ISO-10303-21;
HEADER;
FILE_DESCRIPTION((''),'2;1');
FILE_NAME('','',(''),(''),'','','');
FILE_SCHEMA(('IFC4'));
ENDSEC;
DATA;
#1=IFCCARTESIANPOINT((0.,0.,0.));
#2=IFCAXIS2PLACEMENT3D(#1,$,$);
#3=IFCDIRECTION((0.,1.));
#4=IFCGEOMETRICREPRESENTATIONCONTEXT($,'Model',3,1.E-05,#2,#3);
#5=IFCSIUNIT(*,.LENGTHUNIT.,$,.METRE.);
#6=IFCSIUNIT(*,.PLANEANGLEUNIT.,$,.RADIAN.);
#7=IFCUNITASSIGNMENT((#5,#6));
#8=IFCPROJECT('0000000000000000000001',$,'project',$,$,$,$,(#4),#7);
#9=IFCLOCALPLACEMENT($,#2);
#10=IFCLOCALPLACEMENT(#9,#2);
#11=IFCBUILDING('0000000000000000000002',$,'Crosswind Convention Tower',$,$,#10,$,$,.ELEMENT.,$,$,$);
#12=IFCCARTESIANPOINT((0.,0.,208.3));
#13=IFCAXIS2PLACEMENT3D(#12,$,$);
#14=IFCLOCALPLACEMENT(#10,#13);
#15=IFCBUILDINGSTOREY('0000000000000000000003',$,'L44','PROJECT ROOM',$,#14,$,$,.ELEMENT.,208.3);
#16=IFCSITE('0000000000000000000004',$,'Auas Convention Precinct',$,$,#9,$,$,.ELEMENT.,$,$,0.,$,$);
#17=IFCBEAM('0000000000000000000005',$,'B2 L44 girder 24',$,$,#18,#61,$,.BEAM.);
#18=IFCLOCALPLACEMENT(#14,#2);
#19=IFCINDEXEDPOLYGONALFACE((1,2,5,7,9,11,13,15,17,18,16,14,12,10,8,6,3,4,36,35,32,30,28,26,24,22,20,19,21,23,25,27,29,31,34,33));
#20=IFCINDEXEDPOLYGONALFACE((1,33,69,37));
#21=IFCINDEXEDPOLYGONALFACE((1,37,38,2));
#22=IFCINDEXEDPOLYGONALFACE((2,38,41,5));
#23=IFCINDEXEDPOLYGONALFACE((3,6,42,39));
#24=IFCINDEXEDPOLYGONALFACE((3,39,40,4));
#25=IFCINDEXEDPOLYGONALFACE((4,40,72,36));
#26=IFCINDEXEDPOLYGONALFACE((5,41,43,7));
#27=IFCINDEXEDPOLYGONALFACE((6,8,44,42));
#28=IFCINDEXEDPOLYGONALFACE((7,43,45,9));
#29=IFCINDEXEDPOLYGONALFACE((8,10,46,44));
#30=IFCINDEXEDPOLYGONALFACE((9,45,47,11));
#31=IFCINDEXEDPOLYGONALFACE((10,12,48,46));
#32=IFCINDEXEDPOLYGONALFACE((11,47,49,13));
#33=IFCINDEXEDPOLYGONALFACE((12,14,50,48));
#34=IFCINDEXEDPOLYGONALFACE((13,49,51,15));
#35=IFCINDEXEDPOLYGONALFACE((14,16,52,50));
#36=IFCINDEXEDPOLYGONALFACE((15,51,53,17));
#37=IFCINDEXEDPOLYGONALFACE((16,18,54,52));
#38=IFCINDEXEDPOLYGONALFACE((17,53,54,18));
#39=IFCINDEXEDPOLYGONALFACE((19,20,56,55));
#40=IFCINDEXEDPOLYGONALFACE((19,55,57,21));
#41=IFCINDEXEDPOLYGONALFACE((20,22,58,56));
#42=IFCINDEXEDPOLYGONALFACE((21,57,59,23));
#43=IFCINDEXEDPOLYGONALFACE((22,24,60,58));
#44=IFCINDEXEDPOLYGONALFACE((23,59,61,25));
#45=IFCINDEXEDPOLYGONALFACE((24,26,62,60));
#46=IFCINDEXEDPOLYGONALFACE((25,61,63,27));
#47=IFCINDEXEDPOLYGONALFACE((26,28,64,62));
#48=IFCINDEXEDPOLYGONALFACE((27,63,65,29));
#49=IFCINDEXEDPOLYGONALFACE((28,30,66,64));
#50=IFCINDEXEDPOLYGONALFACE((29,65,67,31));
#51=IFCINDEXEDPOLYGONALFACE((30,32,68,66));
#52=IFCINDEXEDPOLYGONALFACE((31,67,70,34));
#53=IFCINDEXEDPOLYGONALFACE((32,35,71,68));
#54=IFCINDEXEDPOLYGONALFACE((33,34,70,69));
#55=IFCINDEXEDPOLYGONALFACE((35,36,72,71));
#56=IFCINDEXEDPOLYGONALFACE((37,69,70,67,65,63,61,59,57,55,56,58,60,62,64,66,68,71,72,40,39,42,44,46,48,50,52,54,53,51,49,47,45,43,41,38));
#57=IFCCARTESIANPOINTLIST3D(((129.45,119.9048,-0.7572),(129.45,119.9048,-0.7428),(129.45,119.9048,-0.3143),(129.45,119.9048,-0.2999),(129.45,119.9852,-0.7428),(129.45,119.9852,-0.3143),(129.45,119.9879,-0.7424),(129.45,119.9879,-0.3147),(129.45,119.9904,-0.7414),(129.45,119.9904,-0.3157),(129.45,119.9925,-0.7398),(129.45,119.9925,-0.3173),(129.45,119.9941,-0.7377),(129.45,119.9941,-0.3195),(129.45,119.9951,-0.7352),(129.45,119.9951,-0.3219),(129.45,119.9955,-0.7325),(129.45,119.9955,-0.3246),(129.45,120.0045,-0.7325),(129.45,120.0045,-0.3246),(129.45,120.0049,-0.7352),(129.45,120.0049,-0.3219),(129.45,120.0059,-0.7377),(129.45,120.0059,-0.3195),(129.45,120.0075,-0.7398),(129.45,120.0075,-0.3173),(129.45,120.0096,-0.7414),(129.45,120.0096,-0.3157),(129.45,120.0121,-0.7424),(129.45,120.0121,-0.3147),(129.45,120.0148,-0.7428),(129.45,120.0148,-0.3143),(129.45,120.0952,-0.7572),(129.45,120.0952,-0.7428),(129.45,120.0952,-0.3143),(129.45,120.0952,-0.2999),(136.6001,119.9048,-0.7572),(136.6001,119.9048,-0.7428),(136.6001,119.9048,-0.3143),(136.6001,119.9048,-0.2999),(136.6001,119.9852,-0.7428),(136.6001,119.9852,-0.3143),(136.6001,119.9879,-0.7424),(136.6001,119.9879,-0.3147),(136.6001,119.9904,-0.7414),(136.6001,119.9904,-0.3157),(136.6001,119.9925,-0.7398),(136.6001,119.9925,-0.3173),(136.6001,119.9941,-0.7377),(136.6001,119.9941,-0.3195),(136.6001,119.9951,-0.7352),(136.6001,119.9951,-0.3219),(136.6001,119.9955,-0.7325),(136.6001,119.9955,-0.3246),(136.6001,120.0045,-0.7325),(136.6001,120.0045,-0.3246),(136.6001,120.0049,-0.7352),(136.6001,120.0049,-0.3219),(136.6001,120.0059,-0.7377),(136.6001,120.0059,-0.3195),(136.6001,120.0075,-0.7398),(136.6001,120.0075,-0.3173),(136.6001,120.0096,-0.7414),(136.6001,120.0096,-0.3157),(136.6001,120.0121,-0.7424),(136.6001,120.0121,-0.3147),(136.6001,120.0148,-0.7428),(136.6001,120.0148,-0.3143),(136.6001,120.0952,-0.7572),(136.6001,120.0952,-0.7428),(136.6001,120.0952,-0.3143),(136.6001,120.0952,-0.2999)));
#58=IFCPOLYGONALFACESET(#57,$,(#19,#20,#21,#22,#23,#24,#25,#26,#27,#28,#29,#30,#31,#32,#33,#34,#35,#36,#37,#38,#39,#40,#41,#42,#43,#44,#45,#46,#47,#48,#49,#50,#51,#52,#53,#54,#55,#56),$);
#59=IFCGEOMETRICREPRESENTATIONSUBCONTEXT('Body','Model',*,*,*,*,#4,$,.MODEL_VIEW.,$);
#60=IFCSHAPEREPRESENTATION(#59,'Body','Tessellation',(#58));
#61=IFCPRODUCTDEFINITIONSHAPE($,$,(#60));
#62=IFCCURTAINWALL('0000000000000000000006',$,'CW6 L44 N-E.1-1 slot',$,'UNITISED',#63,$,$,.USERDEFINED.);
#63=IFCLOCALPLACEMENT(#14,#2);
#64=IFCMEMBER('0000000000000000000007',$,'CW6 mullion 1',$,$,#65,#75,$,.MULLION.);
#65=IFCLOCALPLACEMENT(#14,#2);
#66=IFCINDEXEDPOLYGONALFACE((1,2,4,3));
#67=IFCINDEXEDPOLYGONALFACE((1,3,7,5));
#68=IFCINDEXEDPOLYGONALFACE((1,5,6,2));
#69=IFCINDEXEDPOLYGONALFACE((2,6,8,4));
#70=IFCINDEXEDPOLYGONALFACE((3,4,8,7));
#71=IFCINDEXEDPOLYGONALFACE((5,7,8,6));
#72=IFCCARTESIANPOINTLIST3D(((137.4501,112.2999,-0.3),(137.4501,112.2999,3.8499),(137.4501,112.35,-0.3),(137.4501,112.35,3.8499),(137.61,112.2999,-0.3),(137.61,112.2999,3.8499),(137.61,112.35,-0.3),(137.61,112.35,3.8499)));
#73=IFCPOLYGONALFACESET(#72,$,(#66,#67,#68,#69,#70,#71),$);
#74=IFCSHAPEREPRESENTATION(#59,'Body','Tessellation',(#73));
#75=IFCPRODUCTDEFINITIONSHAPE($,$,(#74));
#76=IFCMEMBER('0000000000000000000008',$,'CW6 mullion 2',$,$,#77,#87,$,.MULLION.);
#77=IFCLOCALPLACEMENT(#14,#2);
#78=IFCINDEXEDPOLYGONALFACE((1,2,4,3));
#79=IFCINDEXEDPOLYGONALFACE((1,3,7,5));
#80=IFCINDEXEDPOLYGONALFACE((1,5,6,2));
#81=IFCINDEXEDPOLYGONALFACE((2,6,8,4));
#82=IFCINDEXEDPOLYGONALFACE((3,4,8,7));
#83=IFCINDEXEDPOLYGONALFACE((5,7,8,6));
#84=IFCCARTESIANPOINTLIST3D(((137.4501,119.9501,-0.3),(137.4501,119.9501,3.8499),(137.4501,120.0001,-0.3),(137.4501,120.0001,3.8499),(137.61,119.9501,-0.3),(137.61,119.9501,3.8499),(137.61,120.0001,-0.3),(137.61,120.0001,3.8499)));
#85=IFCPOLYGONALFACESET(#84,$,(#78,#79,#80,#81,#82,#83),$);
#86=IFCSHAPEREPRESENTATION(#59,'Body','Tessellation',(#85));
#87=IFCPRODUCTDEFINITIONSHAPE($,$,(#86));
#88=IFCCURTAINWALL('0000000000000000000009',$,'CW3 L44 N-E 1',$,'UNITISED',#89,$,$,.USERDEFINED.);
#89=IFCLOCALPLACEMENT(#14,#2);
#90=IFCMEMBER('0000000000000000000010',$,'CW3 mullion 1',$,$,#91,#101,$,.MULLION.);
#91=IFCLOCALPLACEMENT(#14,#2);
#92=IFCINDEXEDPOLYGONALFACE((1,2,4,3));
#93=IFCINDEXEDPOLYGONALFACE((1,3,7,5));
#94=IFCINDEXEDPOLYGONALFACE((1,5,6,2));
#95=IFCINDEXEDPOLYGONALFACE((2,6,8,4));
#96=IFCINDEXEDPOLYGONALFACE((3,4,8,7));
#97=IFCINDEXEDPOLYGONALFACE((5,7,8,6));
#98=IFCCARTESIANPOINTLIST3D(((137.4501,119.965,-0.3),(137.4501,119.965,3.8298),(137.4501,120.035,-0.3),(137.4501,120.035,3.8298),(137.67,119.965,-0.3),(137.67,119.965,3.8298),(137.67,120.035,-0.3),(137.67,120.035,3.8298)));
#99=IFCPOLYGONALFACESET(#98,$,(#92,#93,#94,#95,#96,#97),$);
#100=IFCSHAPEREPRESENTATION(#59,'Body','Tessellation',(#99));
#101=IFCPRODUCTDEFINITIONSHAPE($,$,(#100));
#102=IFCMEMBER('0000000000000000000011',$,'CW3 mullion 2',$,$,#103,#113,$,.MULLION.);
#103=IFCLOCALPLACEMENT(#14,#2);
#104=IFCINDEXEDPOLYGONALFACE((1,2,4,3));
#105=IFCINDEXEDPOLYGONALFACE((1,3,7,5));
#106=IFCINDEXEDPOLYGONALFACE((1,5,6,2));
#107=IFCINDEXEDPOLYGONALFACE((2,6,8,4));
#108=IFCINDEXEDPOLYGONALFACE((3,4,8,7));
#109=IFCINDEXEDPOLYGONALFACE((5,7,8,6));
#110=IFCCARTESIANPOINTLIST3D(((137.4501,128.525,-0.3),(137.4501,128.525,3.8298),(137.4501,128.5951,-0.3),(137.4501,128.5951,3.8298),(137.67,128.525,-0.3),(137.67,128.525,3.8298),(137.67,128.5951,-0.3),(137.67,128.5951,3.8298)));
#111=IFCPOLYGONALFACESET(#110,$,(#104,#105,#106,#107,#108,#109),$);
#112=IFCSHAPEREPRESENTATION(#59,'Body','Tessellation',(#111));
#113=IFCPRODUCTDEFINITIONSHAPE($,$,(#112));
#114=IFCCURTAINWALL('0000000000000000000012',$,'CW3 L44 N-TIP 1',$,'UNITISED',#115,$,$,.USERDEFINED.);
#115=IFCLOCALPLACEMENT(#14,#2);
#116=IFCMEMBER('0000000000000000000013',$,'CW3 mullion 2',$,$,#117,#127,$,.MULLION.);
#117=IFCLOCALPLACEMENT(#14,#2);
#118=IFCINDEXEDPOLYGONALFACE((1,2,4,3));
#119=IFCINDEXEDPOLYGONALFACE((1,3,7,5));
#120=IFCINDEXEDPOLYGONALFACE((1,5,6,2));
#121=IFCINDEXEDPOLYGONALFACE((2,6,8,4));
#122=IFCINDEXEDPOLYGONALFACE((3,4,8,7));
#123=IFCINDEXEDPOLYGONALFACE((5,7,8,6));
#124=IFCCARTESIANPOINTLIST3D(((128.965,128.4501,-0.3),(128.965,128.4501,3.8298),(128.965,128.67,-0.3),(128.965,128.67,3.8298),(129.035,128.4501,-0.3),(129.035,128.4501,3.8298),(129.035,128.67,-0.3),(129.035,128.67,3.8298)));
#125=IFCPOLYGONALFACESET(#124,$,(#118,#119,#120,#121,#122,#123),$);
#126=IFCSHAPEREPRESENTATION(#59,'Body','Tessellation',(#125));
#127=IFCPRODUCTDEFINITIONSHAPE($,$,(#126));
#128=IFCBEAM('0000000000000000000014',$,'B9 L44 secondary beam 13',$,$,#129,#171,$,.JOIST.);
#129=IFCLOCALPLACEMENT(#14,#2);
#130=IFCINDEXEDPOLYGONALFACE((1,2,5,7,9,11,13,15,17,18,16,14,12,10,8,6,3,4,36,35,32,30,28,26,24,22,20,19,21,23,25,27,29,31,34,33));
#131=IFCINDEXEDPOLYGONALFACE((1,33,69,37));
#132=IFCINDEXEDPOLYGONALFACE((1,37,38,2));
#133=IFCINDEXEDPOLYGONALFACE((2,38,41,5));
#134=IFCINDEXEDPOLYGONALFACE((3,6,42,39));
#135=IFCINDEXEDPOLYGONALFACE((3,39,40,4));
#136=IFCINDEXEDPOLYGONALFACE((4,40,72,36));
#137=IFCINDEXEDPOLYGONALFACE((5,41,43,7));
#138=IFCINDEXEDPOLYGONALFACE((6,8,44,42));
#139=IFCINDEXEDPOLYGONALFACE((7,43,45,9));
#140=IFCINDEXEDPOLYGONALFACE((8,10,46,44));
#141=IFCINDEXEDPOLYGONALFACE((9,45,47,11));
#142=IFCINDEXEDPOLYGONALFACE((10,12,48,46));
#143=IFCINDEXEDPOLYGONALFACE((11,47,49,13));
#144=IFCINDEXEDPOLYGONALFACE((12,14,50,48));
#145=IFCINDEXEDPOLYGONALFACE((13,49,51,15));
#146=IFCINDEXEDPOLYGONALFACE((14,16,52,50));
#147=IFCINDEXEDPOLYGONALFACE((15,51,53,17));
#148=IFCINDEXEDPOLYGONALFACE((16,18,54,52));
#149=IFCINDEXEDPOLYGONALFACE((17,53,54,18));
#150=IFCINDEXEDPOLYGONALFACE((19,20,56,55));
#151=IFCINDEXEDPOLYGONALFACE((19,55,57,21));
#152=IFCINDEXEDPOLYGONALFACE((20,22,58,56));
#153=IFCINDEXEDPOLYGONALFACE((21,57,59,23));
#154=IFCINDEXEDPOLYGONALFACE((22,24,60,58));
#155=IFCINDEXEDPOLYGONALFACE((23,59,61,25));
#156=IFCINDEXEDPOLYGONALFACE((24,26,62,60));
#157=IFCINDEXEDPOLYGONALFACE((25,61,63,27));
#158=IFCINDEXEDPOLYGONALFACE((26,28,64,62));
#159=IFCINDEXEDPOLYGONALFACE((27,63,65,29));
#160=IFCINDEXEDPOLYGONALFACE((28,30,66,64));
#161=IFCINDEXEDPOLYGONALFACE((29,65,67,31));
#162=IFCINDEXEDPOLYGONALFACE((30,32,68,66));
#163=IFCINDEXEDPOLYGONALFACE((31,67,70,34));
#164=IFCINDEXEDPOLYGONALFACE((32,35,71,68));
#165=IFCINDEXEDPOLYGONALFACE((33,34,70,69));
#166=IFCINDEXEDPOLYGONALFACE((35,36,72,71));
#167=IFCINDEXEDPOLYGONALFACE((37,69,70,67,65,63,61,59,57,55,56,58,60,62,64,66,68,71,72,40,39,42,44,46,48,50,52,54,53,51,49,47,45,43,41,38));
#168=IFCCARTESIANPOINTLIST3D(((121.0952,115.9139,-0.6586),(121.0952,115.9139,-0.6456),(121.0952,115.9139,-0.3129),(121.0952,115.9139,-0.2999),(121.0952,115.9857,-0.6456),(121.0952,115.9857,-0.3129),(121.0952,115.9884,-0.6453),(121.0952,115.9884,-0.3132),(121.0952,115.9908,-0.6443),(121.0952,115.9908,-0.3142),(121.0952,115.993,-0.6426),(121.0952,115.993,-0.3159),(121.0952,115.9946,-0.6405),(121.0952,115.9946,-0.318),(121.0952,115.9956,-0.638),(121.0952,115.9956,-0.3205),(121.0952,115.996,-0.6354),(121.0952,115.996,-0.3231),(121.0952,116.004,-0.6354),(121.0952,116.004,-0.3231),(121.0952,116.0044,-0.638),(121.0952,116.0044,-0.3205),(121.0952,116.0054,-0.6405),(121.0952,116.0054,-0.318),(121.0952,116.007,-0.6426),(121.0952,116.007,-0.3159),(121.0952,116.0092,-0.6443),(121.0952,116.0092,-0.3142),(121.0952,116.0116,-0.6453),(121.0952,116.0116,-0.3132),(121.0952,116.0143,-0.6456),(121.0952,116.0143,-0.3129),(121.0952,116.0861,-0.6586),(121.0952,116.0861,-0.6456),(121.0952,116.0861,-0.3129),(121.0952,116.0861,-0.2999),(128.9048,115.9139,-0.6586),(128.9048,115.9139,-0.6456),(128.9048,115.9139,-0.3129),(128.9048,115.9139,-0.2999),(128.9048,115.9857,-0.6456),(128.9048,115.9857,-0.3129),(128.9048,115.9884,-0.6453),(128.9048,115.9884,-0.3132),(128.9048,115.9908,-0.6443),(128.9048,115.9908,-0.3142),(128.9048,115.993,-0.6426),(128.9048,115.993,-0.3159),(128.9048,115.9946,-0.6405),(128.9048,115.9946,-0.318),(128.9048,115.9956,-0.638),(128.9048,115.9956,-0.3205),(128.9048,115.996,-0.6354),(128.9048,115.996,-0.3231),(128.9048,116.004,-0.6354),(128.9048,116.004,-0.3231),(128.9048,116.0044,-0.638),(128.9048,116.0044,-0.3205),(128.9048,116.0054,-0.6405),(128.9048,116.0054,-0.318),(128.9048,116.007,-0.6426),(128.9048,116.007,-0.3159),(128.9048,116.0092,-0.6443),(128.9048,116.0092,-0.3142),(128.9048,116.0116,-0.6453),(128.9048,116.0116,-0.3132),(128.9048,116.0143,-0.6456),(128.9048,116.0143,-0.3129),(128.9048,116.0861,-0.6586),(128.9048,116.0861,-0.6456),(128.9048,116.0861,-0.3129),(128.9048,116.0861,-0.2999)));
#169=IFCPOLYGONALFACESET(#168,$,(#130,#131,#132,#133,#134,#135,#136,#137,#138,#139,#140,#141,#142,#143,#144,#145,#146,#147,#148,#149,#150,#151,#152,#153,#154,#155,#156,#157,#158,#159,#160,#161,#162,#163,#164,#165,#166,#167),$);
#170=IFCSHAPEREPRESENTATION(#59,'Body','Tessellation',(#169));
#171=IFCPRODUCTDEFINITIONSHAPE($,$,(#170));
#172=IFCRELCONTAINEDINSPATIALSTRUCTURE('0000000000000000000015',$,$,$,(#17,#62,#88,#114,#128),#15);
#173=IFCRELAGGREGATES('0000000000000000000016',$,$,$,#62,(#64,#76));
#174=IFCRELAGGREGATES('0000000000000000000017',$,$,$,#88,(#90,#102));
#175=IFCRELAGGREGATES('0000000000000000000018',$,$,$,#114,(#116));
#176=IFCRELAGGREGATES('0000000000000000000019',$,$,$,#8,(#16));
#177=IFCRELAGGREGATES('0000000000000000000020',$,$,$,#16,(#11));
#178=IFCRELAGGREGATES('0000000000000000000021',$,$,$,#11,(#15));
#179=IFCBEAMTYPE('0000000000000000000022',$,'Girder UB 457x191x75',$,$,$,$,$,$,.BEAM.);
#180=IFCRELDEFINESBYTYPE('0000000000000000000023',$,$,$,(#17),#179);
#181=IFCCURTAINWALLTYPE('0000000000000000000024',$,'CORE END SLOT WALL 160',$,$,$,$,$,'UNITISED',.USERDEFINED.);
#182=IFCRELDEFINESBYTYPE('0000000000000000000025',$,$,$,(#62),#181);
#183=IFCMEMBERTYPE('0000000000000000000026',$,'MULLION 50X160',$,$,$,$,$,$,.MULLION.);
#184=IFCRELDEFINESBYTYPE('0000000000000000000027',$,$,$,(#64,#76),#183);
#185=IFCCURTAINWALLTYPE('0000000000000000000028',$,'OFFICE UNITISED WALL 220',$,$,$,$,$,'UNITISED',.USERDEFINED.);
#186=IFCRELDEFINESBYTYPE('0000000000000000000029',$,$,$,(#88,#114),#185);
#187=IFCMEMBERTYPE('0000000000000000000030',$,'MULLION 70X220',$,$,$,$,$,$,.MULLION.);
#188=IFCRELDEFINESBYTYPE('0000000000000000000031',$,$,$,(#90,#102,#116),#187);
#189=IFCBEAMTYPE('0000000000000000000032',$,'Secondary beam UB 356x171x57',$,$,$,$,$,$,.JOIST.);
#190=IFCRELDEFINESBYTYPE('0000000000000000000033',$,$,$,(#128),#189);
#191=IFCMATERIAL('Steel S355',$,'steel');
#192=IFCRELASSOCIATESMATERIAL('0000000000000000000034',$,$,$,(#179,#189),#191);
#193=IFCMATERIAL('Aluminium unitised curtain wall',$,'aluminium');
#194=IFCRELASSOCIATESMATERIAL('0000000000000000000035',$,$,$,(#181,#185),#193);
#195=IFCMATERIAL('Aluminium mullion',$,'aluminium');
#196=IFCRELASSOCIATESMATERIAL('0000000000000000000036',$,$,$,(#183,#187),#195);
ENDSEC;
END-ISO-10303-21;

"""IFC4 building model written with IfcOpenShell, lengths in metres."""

from ifc_helpers import new_model, si_unit, direction, frame, origin, origin_2d, place, context, subcontext, project, spatial, rectangle, i_section, extrude, material, material_profile, profile_set, type_object, element, aggregate, save


model = new_model("IFC4")

# Units and contexts
model_context = context("Model", 3, precision=1e-05, world=origin(), true_north=direction((0.0, 1.0)))
body_context = subcontext(model_context, "Body", "Model", "MODEL_VIEW")
ifc_project = project(units=[si_unit("LENGTHUNIT", "METRE"), si_unit("PLANEANGLEUNIT", "RADIAN")], contexts=[model_context])

# Site, building, storey
site_placement = place(None, origin())
site = spatial("IfcSite", under=ifc_project, at=site_placement, Name="Auas Convention Precinct", CompositionType="ELEMENT", RefElevation=0.0)
building_placement = place(site_placement, origin())
building = spatial("IfcBuilding", under=site, at=building_placement, Name="Crosswind Convention Tower", CompositionType="ELEMENT")
storey_placement = place(building_placement, frame((0.0, 0.0, 208.3)))
storey = spatial("IfcBuildingStorey", under=building, at=storey_placement, Name="L44", Description="PROJECT ROOM", CompositionType="ELEMENT", Elevation=208.3)

# Beam
ifc_material_1 = material(Name="Steel S355", Category="steel")
ifc_material_profile_1 = material_profile(ifc_material_1, i_section(OverallWidth=0.1904, OverallDepth=0.4573, WebThickness=0.009, FlangeThickness=0.0144, FilletRadius=0.0103, at=origin_2d()), Name="UB 457x191x75")
ifc_profile_set_1 = profile_set([ifc_material_profile_1], Name="Steel S355")
beam_type_1 = type_object("IfcBeamType", Name="Girder UB 457x191x75", PredefinedType="BEAM", material=ifc_profile_set_1)
for number, where, z_axis, x_axis, name in (
    (1, (129.45, 120.0, -0.5286), (1.0, 0.0, 0.0), (0.0, 1.0, 0.0), "B2 L44 girder 24"),
):
    element("IfcBeam", number, at=place(storey_placement, frame(where, z_axis=z_axis, x_axis=x_axis)), inside=storey, type_object=beam_type_1, Name=name, PredefinedType="BEAM", context=body_context, shape_type="SweptSolid", body=[
        extrude(i_section(OverallWidth=0.1904, OverallDepth=0.4573, WebThickness=0.009, FlangeThickness=0.0144, FilletRadius=0.0103, at=origin_2d()), origin(), (0.0, 0.0, 1.0), 7.1501),
    ])

# Curtain walls, members
ifc_material_2 = material(Name="Aluminium unitised curtain wall", Category="aluminium")
curtain_wall_type_1 = type_object("IfcCurtainWallType", Name="CORE END SLOT WALL 160", ElementType="UNITISED", PredefinedType="USERDEFINED", material=ifc_material_2)
curtain_wall_1_placement = place(storey_placement, origin())
curtain_wall_1 = element("IfcCurtainWall", 2, at=curtain_wall_1_placement, inside=storey, type_object=curtain_wall_type_1, Name="CW6 L44 N-E.1-1 slot", ObjectType="UNITISED", PredefinedType="USERDEFINED")
ifc_material_3 = material(Name="Aluminium mullion", Category="aluminium")
ifc_material_profile_2 = material_profile(ifc_material_3, rectangle(XDim=0.1599, YDim=0.05, at=origin_2d()), Name="AL 160X50")
ifc_profile_set_2 = profile_set([ifc_material_profile_2], Name="Aluminium mullion")
member_type_1 = type_object("IfcMemberType", Name="MULLION 50X160", PredefinedType="MULLION", material=ifc_profile_set_2)
member_1_placement = place(storey_placement, frame((137.53, 112.325, -0.3), z_axis=(0.0, 0.0, 1.0), x_axis=(1.0, 0.0, 0.0)))
member_1 = element("IfcMember", 3, at=member_1_placement, type_object=member_type_1, Name="CW6 mullion 1", PredefinedType="MULLION", context=body_context, shape_type="SweptSolid", body=[
    extrude(rectangle(XDim=0.1599, YDim=0.05, at=origin_2d()), origin(), (0.0, 0.0, 1.0), 4.1499),
])
member_2_placement = place(storey_placement, frame((137.53, 119.9751, -0.3), z_axis=(0.0, 0.0, 1.0), x_axis=(1.0, 0.0, 0.0)))
member_2 = element("IfcMember", 4, at=member_2_placement, type_object=member_type_1, Name="CW6 mullion 2", PredefinedType="MULLION", context=body_context, shape_type="SweptSolid", body=[
    extrude(rectangle(XDim=0.1599, YDim=0.05, at=origin_2d()), origin(), (0.0, 0.0, 1.0), 4.1499),
])
curtain_wall_type_2 = type_object("IfcCurtainWallType", Name="OFFICE UNITISED WALL 220", ElementType="UNITISED", PredefinedType="USERDEFINED", material=ifc_material_2)
curtain_wall_2_placement = place(storey_placement, origin())
curtain_wall_2 = element("IfcCurtainWall", 5, at=curtain_wall_2_placement, inside=storey, type_object=curtain_wall_type_2, Name="CW3 L44 N-E 1", ObjectType="UNITISED", PredefinedType="USERDEFINED")
ifc_material_profile_3 = material_profile(ifc_material_3, rectangle(XDim=0.22, YDim=0.0701, at=origin_2d()), Name="AL 220X70")
ifc_profile_set_3 = profile_set([ifc_material_profile_3], Name="Aluminium mullion")
member_type_2 = type_object("IfcMemberType", Name="MULLION 70X220", PredefinedType="MULLION", material=ifc_profile_set_3)
member_3_placement = place(storey_placement, frame((137.5601, 120.0, -0.3), z_axis=(0.0, 0.0, 1.0), x_axis=(1.0, 0.0, 0.0)))
member_3 = element("IfcMember", 6, at=member_3_placement, type_object=member_type_2, Name="CW3 mullion 1", PredefinedType="MULLION", context=body_context, shape_type="SweptSolid", body=[
    extrude(rectangle(XDim=0.22, YDim=0.0701, at=origin_2d()), origin(), (0.0, 0.0, 1.0), 4.1299),
])
member_4_placement = place(storey_placement, frame((137.5601, 128.5601, -0.3), z_axis=(0.0, 0.0, 1.0), x_axis=(1.0, 0.0, 0.0)))
member_4 = element("IfcMember", 7, at=member_4_placement, type_object=member_type_2, Name="CW3 mullion 2", PredefinedType="MULLION", context=body_context, shape_type="SweptSolid", body=[
    extrude(rectangle(XDim=0.22, YDim=0.0701, at=origin_2d()), origin(), (0.0, 0.0, 1.0), 4.1299),
])

# Curtain wall, member
curtain_wall_3_placement = place(storey_placement, origin())
curtain_wall_3 = element("IfcCurtainWall", 8, at=curtain_wall_3_placement, inside=storey, type_object=curtain_wall_type_2, Name="CW3 L44 N-TIP 1", ObjectType="UNITISED", PredefinedType="USERDEFINED")
member_5_placement = place(storey_placement, frame((129.0, 128.5601, -0.3), z_axis=(0.0, 0.0, 1.0), x_axis=(0.0, 1.0, 0.0)))
member_5 = element("IfcMember", 9, at=member_5_placement, type_object=member_type_2, Name="CW3 mullion 2", PredefinedType="MULLION", context=body_context, shape_type="SweptSolid", body=[
    extrude(rectangle(XDim=0.22, YDim=0.0701, at=origin_2d()), origin(), (0.0, 0.0, 1.0), 4.1299),
])

# Beam
ifc_material_profile_4 = material_profile(ifc_material_1, i_section(OverallWidth=0.1721, OverallDepth=0.3586, WebThickness=0.0081, FlangeThickness=0.0129, FilletRadius=0.0103, at=origin_2d()), Name="UB 356x171x57")
ifc_profile_set_4 = profile_set([ifc_material_profile_4], Name="Steel S355")
beam_type_2 = type_object("IfcBeamType", Name="Secondary beam UB 356x171x57", PredefinedType="JOIST", material=ifc_profile_set_4)
for number, where, z_axis, x_axis, name in (
    (10, (121.0952, 116.0, -0.4792), (1.0, 0.0, 0.0), (0.0, 1.0, 0.0), "B9 L44 secondary beam 13"),
):
    element("IfcBeam", number, at=place(storey_placement, frame(where, z_axis=z_axis, x_axis=x_axis)), inside=storey, type_object=beam_type_2, Name=name, PredefinedType="JOIST", context=body_context, shape_type="SweptSolid", body=[
        extrude(i_section(OverallWidth=0.1721, OverallDepth=0.3586, WebThickness=0.0081, FlangeThickness=0.0129, FilletRadius=0.0103, at=origin_2d()), origin(), (0.0, 0.0, 1.0), 7.8096),
    ])

aggregate(curtain_wall_1, [member_1, member_2])

aggregate(curtain_wall_2, [member_3, member_4])
aggregate(curtain_wall_3, [member_5])

save(model, "model.ifc")
